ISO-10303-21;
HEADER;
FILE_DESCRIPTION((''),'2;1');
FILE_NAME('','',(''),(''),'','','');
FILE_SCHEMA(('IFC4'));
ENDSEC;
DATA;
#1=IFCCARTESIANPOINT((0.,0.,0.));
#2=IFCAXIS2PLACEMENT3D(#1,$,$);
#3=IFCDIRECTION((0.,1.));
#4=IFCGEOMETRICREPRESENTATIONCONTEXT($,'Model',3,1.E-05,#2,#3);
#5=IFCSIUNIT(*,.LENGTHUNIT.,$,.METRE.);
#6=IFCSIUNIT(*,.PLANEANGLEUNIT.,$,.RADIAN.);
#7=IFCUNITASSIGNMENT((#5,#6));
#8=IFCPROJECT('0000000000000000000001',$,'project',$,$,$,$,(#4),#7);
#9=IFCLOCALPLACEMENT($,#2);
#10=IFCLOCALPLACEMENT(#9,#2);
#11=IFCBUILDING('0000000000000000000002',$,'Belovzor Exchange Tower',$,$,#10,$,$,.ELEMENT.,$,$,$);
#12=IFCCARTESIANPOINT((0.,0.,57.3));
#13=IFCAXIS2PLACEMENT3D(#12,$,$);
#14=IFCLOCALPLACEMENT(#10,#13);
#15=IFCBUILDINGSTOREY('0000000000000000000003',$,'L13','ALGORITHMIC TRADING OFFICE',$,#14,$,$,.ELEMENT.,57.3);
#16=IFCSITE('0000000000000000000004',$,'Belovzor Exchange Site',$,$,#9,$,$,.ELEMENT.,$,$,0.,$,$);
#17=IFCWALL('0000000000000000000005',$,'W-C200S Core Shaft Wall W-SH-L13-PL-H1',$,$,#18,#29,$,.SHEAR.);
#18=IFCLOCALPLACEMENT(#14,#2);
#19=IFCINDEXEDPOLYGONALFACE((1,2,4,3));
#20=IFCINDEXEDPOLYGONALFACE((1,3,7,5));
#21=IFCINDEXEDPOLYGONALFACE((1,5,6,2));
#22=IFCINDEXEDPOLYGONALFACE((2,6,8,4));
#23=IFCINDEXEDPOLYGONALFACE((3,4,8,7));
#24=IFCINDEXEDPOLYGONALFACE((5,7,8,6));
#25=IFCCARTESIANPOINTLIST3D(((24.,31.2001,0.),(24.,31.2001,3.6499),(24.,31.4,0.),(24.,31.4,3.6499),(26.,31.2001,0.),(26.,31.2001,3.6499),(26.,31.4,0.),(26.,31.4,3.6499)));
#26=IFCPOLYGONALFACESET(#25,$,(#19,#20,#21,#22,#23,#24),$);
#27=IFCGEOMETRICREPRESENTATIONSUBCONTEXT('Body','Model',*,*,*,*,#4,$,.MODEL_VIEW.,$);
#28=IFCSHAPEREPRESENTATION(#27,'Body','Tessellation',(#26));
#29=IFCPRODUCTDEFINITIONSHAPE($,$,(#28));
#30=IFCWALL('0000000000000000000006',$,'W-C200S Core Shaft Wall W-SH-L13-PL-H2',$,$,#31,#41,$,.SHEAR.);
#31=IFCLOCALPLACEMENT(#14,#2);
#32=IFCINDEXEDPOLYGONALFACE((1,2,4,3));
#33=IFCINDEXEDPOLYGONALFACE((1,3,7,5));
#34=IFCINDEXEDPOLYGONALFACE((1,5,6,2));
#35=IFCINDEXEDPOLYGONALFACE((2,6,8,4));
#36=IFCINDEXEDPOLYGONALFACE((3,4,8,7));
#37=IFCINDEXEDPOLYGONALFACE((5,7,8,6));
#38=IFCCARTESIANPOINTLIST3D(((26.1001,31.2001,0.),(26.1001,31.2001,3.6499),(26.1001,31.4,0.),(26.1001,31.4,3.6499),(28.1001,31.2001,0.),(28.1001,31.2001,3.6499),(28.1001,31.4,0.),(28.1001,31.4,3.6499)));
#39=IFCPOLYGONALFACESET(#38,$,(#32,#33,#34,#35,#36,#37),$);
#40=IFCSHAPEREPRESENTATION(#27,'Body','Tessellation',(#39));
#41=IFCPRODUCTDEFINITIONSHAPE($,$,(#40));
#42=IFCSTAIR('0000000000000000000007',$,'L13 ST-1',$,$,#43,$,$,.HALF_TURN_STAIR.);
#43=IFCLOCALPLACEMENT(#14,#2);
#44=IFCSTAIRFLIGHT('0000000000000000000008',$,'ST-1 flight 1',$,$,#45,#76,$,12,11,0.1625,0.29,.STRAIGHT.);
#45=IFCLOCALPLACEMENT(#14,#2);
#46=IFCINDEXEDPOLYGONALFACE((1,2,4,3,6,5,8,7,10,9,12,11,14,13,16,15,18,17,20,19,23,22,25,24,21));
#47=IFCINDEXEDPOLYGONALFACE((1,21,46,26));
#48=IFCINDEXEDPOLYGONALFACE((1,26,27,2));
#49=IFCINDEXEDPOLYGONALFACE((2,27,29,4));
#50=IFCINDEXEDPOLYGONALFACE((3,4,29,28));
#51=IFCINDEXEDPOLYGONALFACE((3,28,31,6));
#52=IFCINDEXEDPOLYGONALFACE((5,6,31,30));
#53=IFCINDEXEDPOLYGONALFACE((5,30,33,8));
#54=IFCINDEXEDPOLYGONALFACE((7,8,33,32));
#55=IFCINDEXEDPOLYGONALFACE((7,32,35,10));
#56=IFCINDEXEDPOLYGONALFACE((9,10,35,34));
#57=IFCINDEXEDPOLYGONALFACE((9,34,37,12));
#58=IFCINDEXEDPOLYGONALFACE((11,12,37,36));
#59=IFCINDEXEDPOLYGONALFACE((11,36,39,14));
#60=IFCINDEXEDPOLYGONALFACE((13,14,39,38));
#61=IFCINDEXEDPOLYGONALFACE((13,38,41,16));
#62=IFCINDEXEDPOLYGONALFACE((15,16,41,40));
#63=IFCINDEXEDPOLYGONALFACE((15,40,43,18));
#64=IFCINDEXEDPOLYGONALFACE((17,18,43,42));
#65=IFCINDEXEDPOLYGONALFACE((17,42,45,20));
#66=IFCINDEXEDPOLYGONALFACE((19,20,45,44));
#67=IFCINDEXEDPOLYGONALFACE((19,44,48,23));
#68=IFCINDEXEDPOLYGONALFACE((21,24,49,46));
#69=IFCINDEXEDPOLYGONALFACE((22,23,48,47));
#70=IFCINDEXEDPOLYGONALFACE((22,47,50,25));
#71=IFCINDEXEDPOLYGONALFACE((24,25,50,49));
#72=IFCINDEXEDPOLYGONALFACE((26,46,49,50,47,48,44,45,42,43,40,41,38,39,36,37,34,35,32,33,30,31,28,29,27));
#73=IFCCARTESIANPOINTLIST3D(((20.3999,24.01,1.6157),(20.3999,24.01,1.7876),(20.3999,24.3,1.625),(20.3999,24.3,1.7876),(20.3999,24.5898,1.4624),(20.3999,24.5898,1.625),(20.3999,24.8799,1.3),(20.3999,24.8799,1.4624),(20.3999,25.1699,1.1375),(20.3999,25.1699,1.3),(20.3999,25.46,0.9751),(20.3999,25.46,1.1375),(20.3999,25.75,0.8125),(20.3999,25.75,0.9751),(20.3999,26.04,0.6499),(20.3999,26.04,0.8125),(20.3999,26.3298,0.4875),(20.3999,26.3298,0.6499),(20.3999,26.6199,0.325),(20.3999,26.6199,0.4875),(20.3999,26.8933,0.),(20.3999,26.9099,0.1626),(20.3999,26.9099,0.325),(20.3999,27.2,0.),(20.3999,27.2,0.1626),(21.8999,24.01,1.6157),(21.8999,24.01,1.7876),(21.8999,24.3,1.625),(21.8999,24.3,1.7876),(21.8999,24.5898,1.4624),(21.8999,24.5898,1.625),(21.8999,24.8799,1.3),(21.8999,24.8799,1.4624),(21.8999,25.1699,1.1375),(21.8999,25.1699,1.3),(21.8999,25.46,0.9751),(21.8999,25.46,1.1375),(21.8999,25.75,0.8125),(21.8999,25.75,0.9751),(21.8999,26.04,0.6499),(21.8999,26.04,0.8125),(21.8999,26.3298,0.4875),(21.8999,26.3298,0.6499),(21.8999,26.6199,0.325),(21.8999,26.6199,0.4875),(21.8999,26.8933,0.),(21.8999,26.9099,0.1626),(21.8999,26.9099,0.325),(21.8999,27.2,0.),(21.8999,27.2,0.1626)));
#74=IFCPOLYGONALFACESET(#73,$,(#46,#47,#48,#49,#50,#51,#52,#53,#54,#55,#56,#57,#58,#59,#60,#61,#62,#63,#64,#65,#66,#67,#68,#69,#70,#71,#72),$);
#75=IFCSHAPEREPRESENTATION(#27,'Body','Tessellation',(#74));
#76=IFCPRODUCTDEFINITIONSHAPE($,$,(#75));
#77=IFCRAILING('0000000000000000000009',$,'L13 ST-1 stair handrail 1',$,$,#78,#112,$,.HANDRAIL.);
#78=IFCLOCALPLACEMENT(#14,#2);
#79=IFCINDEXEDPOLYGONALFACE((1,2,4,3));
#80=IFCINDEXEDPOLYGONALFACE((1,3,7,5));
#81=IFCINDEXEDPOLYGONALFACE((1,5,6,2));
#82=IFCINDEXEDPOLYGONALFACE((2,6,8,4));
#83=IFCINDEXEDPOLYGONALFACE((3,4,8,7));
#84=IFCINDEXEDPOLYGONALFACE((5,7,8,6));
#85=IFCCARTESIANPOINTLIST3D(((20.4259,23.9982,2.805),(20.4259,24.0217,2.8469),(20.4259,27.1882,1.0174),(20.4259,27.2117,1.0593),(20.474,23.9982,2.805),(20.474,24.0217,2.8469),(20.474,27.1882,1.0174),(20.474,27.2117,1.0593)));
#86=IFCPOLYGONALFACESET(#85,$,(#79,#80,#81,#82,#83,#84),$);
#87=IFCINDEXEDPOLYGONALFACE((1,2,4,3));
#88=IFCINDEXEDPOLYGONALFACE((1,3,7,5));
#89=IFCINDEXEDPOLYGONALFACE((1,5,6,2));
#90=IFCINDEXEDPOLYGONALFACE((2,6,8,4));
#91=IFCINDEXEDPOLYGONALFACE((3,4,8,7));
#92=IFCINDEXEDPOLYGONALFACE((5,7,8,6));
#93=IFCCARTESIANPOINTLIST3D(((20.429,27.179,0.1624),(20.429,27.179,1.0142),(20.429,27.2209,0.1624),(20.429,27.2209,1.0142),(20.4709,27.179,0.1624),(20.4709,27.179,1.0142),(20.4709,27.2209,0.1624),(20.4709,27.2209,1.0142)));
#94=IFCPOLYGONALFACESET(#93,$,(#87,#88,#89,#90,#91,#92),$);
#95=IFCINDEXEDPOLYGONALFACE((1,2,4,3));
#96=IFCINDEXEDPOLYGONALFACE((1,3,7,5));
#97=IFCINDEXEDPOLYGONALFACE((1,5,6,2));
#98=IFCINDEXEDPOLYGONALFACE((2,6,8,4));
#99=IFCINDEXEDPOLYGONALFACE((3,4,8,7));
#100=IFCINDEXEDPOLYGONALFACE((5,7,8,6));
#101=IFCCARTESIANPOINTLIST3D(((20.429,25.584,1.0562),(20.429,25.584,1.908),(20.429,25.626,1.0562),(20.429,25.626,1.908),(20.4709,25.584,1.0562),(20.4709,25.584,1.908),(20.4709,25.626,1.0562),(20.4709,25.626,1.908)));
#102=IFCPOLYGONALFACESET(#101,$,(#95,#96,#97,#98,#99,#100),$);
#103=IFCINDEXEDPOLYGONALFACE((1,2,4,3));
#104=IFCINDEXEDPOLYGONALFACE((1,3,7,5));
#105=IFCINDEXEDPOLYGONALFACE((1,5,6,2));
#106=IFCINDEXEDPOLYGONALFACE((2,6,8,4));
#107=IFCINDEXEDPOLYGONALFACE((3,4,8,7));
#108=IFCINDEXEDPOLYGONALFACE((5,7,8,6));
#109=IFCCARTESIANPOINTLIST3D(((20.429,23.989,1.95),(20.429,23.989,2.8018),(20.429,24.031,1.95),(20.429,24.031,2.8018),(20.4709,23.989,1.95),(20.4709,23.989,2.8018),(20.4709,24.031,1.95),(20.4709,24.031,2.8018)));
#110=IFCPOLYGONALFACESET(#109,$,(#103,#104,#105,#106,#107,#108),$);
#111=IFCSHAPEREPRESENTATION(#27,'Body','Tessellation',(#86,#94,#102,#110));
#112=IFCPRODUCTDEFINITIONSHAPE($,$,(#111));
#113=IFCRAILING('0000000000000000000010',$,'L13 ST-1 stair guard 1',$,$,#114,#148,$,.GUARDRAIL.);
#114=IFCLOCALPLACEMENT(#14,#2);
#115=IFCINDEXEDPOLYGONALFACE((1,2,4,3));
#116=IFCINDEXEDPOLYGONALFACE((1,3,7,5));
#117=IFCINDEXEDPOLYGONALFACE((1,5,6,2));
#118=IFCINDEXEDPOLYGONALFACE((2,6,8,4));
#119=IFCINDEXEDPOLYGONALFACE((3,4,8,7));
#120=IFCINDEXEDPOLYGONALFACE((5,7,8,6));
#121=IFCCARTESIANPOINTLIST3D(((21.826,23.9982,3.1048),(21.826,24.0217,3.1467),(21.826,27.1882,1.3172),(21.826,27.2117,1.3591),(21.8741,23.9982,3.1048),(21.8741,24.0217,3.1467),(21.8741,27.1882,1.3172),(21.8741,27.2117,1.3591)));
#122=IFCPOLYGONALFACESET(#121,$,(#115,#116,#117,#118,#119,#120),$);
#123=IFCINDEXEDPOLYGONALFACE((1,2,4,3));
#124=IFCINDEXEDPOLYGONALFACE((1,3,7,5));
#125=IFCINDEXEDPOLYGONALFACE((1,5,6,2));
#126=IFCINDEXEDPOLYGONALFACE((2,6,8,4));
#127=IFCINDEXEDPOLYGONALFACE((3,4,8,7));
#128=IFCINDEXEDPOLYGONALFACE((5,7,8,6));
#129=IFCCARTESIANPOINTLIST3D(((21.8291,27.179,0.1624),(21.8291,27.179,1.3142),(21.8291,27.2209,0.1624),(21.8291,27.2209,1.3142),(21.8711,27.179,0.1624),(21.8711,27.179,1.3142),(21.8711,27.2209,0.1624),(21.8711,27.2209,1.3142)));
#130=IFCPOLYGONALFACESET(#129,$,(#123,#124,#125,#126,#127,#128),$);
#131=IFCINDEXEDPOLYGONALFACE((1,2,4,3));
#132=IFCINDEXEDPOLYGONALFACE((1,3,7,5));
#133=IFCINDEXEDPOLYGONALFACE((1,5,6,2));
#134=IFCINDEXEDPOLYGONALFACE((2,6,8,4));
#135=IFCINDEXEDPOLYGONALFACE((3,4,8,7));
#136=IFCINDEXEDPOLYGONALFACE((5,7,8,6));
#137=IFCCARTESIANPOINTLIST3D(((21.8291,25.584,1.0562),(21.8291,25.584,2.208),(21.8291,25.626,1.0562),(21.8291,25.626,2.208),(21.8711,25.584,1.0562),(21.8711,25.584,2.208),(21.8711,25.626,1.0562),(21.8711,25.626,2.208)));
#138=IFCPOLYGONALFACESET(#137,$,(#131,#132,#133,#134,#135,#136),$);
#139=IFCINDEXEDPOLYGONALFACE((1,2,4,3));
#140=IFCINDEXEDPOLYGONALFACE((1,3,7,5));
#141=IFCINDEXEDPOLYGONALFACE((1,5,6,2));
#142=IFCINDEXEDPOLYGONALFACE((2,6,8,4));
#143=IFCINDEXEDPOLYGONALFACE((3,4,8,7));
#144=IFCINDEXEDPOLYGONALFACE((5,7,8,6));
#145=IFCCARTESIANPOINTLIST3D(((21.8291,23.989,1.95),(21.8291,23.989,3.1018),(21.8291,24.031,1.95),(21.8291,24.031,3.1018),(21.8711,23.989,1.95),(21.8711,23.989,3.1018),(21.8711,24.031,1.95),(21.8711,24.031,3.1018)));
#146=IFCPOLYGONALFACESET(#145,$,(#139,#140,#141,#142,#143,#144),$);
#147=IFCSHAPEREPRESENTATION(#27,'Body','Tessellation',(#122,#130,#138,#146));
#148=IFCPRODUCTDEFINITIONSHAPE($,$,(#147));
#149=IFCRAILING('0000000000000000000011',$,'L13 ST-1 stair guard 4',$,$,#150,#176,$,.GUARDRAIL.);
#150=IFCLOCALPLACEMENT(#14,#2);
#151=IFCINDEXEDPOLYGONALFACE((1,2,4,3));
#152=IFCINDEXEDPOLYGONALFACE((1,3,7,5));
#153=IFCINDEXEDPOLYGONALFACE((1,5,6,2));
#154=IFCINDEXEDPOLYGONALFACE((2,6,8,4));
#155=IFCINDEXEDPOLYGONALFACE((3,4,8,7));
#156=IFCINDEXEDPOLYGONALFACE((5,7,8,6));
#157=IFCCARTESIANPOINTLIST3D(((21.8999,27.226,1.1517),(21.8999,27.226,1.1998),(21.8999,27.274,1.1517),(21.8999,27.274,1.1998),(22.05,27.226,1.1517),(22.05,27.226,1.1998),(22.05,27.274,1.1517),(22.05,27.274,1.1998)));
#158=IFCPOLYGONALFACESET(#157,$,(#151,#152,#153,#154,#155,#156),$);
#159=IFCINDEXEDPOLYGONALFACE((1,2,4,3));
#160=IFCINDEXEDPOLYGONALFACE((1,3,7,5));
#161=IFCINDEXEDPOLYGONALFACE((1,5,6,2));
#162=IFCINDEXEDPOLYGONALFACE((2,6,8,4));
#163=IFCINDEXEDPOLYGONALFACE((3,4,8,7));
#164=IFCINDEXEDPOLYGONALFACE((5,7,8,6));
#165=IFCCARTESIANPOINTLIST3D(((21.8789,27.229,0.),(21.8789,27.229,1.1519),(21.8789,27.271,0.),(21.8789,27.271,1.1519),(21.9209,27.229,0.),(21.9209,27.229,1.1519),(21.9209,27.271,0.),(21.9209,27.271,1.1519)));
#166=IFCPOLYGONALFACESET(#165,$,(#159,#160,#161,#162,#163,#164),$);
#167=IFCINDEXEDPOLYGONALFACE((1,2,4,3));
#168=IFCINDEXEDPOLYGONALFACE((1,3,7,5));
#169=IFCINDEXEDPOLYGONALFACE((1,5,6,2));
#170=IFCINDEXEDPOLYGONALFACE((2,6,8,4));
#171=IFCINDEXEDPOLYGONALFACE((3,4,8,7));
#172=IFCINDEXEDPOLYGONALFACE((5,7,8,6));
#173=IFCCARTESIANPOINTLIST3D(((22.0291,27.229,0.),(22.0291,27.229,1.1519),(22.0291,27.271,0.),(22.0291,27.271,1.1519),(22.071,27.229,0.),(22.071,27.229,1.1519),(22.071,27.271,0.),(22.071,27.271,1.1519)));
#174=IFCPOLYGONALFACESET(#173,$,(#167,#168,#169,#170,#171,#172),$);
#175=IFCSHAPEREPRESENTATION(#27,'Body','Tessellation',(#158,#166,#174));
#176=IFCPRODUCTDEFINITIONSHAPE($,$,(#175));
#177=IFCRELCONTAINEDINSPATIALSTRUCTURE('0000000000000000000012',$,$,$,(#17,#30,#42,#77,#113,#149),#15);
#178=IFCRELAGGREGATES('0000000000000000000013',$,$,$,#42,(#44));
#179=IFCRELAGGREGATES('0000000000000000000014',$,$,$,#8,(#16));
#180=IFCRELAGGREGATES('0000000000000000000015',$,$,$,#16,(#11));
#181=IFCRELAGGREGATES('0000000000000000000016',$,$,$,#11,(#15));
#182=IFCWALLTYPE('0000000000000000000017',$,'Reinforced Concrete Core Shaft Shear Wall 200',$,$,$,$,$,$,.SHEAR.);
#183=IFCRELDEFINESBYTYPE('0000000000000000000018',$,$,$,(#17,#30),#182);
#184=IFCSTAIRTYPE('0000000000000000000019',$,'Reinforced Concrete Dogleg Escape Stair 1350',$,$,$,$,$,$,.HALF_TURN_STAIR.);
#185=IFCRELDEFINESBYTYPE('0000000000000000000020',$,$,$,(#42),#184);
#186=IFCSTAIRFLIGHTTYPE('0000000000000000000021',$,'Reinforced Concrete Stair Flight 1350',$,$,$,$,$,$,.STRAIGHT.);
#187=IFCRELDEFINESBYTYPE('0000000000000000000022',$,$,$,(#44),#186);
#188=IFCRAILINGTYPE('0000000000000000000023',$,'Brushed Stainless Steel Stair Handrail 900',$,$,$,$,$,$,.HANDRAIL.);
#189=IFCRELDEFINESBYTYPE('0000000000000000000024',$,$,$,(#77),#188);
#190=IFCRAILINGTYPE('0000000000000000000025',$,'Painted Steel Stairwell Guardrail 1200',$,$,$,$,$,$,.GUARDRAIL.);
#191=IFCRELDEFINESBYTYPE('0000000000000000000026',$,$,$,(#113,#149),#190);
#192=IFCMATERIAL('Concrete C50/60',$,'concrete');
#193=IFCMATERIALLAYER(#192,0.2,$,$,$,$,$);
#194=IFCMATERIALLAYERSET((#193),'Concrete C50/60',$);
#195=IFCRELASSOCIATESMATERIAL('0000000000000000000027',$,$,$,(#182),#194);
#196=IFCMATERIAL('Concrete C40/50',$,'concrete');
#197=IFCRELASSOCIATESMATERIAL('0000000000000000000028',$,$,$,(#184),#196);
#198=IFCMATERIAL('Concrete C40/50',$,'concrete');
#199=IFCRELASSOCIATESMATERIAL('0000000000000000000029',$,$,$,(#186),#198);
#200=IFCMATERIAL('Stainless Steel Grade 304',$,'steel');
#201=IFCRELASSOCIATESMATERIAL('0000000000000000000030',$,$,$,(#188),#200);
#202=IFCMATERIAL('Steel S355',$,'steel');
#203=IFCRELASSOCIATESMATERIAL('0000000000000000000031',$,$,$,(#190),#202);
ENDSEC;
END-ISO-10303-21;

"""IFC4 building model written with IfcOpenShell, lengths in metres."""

from ifc_helpers import new_model, si_unit, direction, frame, frame_2d, origin, origin_2d, place, context, subcontext, project, spatial, polyline, rectangle, outline, extrude, material, layer, layer_set, type_object, element, aggregate, save


model = new_model("IFC4")

# Units and contexts
model_context = context("Model", 3, precision=1e-05, world=origin(), true_north=direction((0.0, 1.0)))
body_context = subcontext(model_context, "Body", "Model", "MODEL_VIEW")
ifc_project = project(units=[si_unit("LENGTHUNIT", "METRE"), si_unit("PLANEANGLEUNIT", "RADIAN")], contexts=[model_context])

# Site, building, storey
site_placement = place(None, origin())
site = spatial("IfcSite", under=ifc_project, at=site_placement, Name="Belovzor Exchange Site", CompositionType="ELEMENT", RefElevation=0.0)
building_placement = place(site_placement, origin())
building = spatial("IfcBuilding", under=site, at=building_placement, Name="Belovzor Exchange Tower", CompositionType="ELEMENT")
storey_placement = place(building_placement, frame((0.0, 0.0, 57.3)))
storey = spatial("IfcBuildingStorey", under=building, at=storey_placement, Name="L13", Description="ALGORITHMIC TRADING OFFICE", CompositionType="ELEMENT", Elevation=57.3)

# Shared definitions
ifc_material_1 = material(Name="Concrete C50/60", Category="concrete")
ifc_layer_1 = layer(ifc_material_1, 0.2)
ifc_layer_set_1 = layer_set([ifc_layer_1], Name="Concrete C50/60")
wall_type_1 = type_object("IfcWallType", Name="Reinforced Concrete Core Shaft Shear Wall 200", PredefinedType="SHEAR", material=ifc_layer_set_1)

# Walls
for number, where, z_axis, x_axis, name in (
    (1, (24.0, 31.3, 0.0), (0.0, 0.0, 1.0), (1.0, 0.0, 0.0), "W-C200S Core Shaft Wall W-SH-L13-PL-H1"),
    (2, (26.1001, 31.3, 0.0), (0.0, 0.0, 1.0), (1.0, 0.0, 0.0), "W-C200S Core Shaft Wall W-SH-L13-PL-H2"),
):
    element("IfcWall", number, at=place(storey_placement, frame(where, z_axis=z_axis, x_axis=x_axis)), inside=storey, type_object=wall_type_1, Name=name, PredefinedType="SHEAR", context=body_context, shape_type="SweptSolid", body=[
        extrude(rectangle(XDim=2.0, YDim=0.2, at=frame_2d((1.0, 0.0))), origin(), (0.0, 0.0, 1.0), 3.6499),
    ])

# Stair, stair flight
ifc_material_2 = material(Name="Concrete C40/50", Category="concrete")
stair_type = type_object("IfcStairType", Name="Reinforced Concrete Dogleg Escape Stair 1350", PredefinedType="HALF_TURN_STAIR", material=ifc_material_2)
stair_placement = place(storey_placement, origin())
stair = element("IfcStair", 3, at=stair_placement, inside=storey, type_object=stair_type, Name="L13 ST-1", PredefinedType="HALF_TURN_STAIR")
ifc_material_3 = material(Name="Concrete C40/50", Category="concrete")
stair_flight_type = type_object("IfcStairFlightType", Name="Reinforced Concrete Stair Flight 1350", PredefinedType="STRAIGHT", material=ifc_material_3)
stair_flight_placement = place(storey_placement, frame((21.1499, 27.2, 0.0), z_axis=(0.0, 0.0, 1.0), x_axis=(0.0, -1.0, 0.0)))
stair_flight = element("IfcStairFlight", 4, at=stair_flight_placement, type_object=stair_flight_type, Name="ST-1 flight 1", NumberOfRisers=12, NumberOfTreads=11, PredefinedType="STRAIGHT", RiserHeight=0.1625, TreadLength=0.29, context=body_context, shape_type="SweptSolid", body=[
    extrude(outline(polyline([(0.0, 0.0), (0.0, 0.1626), (0.29, 0.1626), (0.29, 0.325), (0.5801, 0.325), (0.5801, 0.4875), (0.8701, 0.4875), (0.8701, 0.6499), (1.1599, 0.6499), (1.1599, 0.8125), (1.45, 0.8125), (1.45, 0.9751), (1.74, 0.9751), (1.74, 1.1375), (2.03, 1.1375), (2.03, 1.3), (2.3201, 1.3), (2.3201, 1.4624), (2.6101, 1.4624), (2.6101, 1.625), (2.8999, 1.625), (2.8999, 1.7876), (3.1899, 1.7876), (3.1899, 1.95), (3.1899, 1.6157), (0.3066, 0.0), (0.0, 0.0)])), frame((0.0, 0.75, 0.0), z_axis=(0.0, -1.0, 0.0), x_axis=(1.0, 0.0, 0.0)), (0.0, 0.0, 1.0), 1.5),
])
aggregate(stair, [stair_flight])

# Railings
ifc_material_4 = material(Name="Stainless Steel Grade 304", Category="steel")
railing_type_1 = type_object("IfcRailingType", Name="Brushed Stainless Steel Stair Handrail 900", PredefinedType="HANDRAIL", material=ifc_material_4)
railing_1_placement = place(storey_placement, frame((20.45, 27.2, 0.1624)))
element("IfcRailing", 5, at=railing_1_placement, inside=storey, type_object=railing_type_1, Name="L13 ST-1 stair handrail 1", PredefinedType="HANDRAIL", context=body_context, shape_type="SweptSolid", body=[
    extrude(rectangle(XDim=0.0481, YDim=0.0481, at=origin_2d()), frame((0.0, 0.0, 0.876), z_axis=(0.0, -0.872363, 0.48886), x_axis=(1.0, 0.0, 0.0)), (0.0, 0.0, 1.0), 3.6567),
    extrude(rectangle(XDim=0.042, YDim=0.042, at=origin_2d()), origin(), (0.0, 0.0, 1.0), 0.8518),
    extrude(rectangle(XDim=0.042, YDim=0.042, at=origin_2d()), frame((0.0, -1.595, 0.8938)), (0.0, 0.0, 1.0), 0.8518),
    extrude(rectangle(XDim=0.042, YDim=0.042, at=origin_2d()), frame((0.0, -3.1899, 1.7876)), (0.0, 0.0, 1.0), 0.8518),
])
ifc_material_5 = material(Name="Steel S355", Category="steel")
railing_type_2 = type_object("IfcRailingType", Name="Painted Steel Stairwell Guardrail 1200", PredefinedType="GUARDRAIL", material=ifc_material_5)
railing_2_placement = place(storey_placement, frame((21.8501, 27.2, 0.1624)))
element("IfcRailing", 6, at=railing_2_placement, inside=storey, type_object=railing_type_2, Name="L13 ST-1 stair guard 1", PredefinedType="GUARDRAIL", context=body_context, shape_type="SweptSolid", body=[
    extrude(rectangle(XDim=0.0481, YDim=0.0481, at=origin_2d()), frame((0.0, 0.0, 1.1758), z_axis=(0.0, -0.872363, 0.48886), x_axis=(1.0, 0.0, 0.0)), (0.0, 0.0, 1.0), 3.6567),
    extrude(rectangle(XDim=0.042, YDim=0.042, at=origin_2d()), origin(), (0.0, 0.0, 1.0), 1.1519),
    extrude(rectangle(XDim=0.042, YDim=0.042, at=origin_2d()), frame((0.0, -1.595, 0.8938)), (0.0, 0.0, 1.0), 1.1519),
    extrude(rectangle(XDim=0.042, YDim=0.042, at=origin_2d()), frame((0.0, -3.1899, 1.7876)), (0.0, 0.0, 1.0), 1.1519),
])
railing_3_placement = place(storey_placement, frame((21.8999, 27.25, 0.0)))
element("IfcRailing", 7, at=railing_3_placement, inside=storey, type_object=railing_type_2, Name="L13 ST-1 stair guard 4", PredefinedType="GUARDRAIL", context=body_context, shape_type="SweptSolid", body=[
    extrude(rectangle(XDim=0.0481, YDim=0.0481, at=origin_2d()), frame((0.0, 0.0, 1.1758), z_axis=(1.0, 0.0, 0.0), x_axis=(0.0, 1.0, 0.0)), (0.0, 0.0, 1.0), 0.1501),
    extrude(rectangle(XDim=0.042, YDim=0.042, at=origin_2d()), origin(), (0.0, 0.0, 1.0), 1.1519),
    extrude(rectangle(XDim=0.042, YDim=0.042, at=origin_2d()), frame((0.1501, 0.0, 0.0)), (0.0, 0.0, 1.0), 1.1519),
])

save(model, "model.ifc")
